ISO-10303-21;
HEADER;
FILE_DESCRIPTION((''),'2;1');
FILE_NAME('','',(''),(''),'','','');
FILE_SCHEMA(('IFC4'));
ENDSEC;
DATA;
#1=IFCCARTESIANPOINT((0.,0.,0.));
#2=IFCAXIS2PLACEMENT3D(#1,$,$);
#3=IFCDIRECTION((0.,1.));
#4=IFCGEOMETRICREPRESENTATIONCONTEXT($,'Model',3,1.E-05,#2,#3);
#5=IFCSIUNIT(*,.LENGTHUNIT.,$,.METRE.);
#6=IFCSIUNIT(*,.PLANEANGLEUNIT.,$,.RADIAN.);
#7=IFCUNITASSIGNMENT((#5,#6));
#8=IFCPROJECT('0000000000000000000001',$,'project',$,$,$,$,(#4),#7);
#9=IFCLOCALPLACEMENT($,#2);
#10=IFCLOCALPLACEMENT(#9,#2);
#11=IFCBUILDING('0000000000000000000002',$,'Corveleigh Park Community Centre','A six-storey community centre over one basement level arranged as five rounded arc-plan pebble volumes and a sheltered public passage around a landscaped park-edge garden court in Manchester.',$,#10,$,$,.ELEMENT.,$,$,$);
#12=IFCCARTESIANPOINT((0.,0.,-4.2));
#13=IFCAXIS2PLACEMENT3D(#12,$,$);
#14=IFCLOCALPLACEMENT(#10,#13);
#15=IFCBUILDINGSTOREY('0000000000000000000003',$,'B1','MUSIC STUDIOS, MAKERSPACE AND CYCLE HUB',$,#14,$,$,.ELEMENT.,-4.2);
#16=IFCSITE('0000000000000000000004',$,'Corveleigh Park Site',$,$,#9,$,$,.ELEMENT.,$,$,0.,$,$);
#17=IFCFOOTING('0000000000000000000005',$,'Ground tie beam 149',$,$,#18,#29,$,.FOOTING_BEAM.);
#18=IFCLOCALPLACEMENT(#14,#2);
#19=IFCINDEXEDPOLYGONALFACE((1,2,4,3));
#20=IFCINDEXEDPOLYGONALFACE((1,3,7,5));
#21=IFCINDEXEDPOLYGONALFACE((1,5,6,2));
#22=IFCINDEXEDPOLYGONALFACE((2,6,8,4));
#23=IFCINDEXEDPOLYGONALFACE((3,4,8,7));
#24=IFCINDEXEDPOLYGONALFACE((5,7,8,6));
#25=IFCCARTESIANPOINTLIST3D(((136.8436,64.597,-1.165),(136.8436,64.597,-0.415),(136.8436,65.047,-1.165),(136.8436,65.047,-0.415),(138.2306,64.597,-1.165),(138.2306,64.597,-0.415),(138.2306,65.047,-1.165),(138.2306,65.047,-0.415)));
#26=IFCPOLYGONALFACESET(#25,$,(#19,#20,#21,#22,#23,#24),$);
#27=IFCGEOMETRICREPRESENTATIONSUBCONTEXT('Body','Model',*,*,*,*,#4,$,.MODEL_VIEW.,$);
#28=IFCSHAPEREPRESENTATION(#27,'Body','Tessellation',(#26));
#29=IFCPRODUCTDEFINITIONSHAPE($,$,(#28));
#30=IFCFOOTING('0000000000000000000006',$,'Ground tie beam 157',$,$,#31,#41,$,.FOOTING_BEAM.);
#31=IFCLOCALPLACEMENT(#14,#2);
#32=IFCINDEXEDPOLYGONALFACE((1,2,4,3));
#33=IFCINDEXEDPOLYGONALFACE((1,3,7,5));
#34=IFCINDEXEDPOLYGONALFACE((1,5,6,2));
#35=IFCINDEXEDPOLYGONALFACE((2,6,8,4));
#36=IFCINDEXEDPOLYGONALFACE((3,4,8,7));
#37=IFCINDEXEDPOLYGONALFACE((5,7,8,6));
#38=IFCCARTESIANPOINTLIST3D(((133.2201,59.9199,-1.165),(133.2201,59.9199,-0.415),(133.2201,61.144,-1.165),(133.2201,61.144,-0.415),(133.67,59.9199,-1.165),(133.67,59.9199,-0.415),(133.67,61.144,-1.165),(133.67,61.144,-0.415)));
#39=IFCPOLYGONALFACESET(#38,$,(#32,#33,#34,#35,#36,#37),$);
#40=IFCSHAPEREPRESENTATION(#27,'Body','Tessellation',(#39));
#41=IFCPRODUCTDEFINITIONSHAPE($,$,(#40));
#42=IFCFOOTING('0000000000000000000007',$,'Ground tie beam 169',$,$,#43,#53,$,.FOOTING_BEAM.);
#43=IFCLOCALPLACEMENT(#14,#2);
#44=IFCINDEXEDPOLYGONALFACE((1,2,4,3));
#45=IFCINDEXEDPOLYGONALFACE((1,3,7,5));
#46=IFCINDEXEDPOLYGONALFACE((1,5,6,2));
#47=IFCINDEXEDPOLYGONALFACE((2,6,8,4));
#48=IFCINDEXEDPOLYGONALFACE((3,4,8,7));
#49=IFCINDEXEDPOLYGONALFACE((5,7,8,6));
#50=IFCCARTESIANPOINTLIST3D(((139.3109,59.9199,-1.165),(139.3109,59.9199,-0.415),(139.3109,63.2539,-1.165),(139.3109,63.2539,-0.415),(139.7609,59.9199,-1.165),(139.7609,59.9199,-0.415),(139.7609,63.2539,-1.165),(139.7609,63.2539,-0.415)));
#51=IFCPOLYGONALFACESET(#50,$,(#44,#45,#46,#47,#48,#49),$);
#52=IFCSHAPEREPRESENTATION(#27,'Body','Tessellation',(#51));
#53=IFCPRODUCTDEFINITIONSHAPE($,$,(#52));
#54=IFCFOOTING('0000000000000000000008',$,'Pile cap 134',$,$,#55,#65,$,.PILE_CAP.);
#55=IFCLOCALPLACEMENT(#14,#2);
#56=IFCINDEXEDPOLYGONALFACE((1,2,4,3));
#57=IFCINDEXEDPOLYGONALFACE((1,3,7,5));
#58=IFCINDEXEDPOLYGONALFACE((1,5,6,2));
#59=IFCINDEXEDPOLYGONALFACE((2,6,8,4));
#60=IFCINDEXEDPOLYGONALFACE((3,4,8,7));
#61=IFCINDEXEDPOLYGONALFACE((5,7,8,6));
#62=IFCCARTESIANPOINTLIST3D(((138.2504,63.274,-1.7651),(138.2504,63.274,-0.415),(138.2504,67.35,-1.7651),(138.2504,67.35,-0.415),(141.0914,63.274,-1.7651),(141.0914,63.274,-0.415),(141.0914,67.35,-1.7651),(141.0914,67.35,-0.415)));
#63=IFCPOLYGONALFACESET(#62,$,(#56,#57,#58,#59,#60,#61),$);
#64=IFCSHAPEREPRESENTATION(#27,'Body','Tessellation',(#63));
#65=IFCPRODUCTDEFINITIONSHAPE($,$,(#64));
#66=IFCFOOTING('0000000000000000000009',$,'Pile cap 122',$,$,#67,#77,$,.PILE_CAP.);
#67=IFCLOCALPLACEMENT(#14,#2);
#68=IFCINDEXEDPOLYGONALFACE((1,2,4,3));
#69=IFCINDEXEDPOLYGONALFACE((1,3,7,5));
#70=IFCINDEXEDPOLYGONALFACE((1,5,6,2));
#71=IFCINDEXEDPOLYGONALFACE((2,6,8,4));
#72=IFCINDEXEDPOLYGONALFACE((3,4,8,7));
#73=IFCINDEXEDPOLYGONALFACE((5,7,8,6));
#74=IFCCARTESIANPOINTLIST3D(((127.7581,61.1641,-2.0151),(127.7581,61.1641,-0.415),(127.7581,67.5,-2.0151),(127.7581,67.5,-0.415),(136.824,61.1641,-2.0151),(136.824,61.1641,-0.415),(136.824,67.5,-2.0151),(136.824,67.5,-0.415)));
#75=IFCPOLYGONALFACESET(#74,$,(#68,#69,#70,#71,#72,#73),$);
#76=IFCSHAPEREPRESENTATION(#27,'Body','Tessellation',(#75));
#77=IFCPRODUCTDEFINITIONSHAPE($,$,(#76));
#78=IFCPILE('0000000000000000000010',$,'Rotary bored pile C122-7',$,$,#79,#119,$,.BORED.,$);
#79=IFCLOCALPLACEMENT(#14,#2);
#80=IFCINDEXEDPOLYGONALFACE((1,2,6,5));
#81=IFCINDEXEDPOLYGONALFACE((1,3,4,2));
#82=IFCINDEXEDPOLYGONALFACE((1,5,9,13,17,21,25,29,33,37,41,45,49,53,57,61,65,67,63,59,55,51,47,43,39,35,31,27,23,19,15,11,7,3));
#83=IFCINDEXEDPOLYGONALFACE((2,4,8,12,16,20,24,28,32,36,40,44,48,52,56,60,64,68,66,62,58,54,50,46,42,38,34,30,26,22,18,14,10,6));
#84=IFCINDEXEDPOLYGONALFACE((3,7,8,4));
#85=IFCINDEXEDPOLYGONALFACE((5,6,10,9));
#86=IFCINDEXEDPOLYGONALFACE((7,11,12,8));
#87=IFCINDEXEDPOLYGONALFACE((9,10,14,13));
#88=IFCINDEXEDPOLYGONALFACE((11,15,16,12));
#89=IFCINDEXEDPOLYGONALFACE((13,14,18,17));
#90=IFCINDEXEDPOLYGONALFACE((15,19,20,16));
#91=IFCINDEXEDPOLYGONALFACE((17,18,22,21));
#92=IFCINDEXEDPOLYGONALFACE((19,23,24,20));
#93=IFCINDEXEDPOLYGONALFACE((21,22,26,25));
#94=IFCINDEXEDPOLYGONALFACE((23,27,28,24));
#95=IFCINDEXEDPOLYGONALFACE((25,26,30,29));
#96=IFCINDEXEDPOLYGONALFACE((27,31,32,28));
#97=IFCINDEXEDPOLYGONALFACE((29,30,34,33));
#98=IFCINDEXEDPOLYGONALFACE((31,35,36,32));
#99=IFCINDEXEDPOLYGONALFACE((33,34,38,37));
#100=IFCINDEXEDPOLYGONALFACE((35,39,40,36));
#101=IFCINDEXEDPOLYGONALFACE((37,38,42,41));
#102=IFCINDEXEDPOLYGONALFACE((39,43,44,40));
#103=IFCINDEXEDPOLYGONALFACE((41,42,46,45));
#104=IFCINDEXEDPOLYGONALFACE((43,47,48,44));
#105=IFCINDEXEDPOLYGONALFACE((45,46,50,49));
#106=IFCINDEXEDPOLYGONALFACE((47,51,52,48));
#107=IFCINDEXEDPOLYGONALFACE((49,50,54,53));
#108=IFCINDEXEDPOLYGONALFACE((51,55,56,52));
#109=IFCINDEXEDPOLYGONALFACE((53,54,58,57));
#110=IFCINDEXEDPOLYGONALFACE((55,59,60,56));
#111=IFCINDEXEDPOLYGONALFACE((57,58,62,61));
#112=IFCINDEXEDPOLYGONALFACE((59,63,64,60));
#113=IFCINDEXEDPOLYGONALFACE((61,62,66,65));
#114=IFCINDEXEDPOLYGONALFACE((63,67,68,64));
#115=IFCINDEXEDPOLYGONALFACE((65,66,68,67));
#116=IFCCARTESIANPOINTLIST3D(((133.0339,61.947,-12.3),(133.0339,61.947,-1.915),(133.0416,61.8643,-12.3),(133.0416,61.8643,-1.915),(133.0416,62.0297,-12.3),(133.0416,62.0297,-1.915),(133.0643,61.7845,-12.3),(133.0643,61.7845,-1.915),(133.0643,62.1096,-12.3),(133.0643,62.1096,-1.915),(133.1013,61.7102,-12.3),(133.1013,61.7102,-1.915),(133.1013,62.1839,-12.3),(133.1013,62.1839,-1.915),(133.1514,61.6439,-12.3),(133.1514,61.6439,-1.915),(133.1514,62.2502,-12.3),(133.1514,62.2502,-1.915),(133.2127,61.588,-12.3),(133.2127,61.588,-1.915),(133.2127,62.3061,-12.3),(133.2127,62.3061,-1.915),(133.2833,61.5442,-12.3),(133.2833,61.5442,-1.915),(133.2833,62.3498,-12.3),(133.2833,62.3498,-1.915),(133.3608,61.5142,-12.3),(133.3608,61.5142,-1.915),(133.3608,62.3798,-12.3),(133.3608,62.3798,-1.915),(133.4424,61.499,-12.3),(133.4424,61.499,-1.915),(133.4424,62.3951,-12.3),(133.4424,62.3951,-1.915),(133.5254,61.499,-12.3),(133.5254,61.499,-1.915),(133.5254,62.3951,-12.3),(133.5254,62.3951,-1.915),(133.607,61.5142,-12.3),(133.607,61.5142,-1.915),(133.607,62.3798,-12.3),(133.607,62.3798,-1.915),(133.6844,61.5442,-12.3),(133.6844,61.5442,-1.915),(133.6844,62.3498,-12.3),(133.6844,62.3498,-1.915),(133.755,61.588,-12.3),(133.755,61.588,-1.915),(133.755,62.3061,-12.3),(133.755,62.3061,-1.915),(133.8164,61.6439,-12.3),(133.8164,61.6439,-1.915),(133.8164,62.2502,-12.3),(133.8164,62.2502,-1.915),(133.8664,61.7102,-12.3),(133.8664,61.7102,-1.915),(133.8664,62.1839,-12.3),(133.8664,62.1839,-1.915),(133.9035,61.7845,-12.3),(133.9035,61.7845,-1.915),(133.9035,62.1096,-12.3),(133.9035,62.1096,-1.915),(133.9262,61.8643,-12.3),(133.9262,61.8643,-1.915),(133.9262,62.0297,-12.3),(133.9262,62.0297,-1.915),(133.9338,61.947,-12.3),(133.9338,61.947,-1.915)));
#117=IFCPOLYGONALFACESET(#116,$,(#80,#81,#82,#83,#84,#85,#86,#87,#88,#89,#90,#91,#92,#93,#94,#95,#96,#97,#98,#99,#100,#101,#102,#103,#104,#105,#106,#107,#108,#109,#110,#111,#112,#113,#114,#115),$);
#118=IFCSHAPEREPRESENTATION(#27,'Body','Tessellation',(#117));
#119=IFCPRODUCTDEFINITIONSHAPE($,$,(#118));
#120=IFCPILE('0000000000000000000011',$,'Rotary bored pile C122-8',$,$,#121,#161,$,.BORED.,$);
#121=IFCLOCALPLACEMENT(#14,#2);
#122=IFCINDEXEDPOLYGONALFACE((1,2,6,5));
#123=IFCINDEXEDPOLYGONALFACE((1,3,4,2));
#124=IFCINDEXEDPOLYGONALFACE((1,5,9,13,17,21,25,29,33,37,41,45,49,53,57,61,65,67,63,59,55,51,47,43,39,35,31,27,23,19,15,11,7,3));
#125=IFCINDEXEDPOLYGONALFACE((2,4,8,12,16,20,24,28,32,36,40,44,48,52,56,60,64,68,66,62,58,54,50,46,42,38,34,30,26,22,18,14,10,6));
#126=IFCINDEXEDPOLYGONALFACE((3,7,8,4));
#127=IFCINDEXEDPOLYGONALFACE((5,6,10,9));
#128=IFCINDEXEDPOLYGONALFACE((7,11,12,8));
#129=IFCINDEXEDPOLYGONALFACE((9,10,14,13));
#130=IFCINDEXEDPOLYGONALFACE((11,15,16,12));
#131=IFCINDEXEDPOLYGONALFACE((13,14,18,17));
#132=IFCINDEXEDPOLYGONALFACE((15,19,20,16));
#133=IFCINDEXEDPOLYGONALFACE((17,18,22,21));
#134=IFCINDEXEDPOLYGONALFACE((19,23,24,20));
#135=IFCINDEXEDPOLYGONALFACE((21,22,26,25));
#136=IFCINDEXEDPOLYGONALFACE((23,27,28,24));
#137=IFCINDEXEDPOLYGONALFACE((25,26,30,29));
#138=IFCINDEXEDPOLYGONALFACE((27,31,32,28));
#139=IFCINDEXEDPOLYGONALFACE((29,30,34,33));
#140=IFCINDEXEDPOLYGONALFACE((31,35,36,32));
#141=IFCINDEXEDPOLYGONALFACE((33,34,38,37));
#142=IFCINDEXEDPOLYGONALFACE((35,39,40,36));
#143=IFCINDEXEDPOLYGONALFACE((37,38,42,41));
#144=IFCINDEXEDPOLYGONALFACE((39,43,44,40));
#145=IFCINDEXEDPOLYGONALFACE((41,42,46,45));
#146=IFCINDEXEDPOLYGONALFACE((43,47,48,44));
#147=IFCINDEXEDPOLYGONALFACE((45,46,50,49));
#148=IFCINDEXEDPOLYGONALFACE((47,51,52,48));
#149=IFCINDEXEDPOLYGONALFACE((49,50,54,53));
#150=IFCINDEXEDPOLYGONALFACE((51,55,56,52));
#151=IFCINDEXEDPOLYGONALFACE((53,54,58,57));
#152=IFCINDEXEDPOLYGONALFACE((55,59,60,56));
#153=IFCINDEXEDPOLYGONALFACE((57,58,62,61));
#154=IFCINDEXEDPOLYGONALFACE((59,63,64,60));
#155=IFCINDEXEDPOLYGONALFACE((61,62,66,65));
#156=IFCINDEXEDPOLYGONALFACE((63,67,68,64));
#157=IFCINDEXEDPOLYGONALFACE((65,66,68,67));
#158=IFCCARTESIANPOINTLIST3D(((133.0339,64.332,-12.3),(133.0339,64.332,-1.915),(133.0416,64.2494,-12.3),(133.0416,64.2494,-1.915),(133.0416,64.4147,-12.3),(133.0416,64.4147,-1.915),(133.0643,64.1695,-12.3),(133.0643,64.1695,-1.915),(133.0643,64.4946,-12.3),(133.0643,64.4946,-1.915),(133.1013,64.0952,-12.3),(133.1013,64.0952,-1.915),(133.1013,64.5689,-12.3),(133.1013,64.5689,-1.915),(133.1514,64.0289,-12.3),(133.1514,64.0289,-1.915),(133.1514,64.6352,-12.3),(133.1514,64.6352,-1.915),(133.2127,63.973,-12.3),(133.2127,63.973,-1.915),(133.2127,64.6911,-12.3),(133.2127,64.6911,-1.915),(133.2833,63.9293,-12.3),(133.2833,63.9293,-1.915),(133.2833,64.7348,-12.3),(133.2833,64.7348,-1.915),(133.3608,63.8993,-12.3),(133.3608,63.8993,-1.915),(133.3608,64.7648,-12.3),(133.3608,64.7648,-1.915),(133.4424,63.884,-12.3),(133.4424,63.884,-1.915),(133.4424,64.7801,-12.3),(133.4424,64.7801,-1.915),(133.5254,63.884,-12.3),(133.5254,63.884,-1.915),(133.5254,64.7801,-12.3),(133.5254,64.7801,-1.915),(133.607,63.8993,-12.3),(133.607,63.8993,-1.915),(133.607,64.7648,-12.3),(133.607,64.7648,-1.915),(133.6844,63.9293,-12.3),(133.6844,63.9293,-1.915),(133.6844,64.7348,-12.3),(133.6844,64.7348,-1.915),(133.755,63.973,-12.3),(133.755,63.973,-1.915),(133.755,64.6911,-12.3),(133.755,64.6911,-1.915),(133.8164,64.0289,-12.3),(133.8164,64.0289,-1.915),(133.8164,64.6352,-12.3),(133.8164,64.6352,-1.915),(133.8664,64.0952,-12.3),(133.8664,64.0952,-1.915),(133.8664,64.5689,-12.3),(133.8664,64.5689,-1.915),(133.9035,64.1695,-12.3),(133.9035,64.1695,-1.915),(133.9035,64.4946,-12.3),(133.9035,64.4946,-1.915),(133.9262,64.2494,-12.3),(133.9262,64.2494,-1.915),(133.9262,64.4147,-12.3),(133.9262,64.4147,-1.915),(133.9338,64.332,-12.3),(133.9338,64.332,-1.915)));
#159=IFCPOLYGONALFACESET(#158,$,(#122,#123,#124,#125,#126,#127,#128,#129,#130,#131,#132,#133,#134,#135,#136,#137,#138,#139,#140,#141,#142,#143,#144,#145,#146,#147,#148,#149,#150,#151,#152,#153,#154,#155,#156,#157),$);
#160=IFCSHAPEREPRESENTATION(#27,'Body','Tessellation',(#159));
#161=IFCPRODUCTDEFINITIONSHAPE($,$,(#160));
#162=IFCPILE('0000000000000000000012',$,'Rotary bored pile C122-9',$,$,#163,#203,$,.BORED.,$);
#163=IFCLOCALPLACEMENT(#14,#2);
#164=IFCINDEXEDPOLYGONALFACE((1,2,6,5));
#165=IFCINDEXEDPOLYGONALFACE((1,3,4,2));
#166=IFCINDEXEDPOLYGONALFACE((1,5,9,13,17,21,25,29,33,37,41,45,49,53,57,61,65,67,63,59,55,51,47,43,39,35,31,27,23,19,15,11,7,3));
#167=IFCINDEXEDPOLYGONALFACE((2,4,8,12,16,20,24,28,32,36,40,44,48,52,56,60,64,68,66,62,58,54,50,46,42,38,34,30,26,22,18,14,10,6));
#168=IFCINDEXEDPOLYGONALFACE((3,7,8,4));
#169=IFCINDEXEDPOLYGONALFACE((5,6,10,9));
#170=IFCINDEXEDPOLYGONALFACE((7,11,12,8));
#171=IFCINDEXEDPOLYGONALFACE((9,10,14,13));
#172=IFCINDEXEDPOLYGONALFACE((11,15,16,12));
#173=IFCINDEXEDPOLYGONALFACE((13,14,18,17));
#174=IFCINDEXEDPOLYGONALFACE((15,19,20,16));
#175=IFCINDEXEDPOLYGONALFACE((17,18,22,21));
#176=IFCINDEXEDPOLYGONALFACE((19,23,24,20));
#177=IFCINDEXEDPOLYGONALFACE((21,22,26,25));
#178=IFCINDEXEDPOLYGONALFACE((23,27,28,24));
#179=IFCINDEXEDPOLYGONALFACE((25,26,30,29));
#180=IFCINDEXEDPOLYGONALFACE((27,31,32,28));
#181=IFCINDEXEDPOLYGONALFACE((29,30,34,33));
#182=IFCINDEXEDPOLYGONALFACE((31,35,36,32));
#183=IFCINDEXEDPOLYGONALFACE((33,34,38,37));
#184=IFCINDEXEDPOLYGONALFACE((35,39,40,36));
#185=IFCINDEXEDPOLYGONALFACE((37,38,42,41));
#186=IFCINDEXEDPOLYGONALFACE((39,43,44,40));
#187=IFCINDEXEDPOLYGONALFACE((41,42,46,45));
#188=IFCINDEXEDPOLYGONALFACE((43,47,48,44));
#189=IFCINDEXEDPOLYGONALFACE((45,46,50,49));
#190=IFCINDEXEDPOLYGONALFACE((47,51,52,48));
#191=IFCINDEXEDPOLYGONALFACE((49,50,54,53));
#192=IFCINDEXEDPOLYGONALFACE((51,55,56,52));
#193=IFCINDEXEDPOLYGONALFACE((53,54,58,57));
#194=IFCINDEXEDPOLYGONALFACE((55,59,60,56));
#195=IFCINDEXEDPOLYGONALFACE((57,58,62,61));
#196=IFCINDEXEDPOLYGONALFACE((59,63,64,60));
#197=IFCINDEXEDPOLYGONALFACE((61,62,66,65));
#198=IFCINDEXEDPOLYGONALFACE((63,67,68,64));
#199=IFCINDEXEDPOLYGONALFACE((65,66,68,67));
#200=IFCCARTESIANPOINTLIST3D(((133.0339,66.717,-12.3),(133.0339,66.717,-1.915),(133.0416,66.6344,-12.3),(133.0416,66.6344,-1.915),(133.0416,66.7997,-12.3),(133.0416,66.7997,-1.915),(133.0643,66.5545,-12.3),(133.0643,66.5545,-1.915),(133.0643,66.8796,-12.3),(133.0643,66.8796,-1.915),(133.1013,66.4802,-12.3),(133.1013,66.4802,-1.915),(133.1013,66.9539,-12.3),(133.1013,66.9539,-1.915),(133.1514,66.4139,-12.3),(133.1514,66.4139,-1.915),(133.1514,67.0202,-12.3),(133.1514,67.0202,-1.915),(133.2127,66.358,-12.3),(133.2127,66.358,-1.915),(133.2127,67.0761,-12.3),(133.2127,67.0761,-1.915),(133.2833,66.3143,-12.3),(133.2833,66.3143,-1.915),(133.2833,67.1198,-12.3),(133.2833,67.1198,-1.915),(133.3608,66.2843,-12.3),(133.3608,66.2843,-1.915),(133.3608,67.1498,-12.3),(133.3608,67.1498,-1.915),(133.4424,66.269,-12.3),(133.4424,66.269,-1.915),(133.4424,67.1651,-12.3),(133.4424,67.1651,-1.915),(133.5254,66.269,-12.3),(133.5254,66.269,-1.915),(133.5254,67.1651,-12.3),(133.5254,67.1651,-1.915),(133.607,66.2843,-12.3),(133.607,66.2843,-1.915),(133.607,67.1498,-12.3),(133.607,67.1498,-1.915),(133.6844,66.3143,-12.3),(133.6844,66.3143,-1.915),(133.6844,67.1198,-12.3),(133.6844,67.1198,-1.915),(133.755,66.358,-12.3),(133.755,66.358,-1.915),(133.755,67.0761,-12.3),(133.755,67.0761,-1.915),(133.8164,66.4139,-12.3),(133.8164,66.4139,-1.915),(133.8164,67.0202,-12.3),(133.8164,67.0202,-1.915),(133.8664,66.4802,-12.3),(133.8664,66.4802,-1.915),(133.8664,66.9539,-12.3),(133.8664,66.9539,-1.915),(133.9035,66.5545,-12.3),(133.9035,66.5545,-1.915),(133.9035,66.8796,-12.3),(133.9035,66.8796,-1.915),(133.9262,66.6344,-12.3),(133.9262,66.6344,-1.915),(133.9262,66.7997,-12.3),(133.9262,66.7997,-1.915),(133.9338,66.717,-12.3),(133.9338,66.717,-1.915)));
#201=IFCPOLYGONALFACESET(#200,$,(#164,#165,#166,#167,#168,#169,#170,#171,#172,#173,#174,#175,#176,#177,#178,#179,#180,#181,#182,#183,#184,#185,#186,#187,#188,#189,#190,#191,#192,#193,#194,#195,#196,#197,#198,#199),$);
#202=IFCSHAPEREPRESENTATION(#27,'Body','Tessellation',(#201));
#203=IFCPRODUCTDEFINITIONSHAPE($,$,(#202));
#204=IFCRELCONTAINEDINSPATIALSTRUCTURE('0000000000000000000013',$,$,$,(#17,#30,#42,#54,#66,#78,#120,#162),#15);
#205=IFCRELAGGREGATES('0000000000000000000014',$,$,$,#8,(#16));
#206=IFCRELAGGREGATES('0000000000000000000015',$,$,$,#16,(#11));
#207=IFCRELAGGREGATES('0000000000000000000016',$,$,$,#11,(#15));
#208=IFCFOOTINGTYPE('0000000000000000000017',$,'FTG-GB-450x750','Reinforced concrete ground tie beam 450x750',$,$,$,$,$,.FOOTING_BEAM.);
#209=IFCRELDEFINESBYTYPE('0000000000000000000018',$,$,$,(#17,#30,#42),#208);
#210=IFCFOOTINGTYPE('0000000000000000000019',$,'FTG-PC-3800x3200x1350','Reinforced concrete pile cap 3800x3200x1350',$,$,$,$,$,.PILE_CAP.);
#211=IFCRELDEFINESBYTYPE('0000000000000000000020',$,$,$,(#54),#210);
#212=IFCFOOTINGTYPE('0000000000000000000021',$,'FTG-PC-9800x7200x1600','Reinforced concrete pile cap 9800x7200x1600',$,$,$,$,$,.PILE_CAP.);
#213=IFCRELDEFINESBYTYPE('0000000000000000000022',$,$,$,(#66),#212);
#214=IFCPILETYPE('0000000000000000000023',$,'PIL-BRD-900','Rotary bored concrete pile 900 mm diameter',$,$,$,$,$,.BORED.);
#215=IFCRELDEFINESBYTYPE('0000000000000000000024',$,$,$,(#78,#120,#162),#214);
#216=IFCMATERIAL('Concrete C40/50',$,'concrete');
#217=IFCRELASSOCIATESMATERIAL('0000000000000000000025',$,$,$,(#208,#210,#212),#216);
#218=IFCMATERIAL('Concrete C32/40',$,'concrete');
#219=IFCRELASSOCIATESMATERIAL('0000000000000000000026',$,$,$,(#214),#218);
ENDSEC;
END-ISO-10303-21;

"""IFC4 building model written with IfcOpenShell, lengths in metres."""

from ifc_helpers import new_model, si_unit, direction, frame, origin, origin_2d, place, context, subcontext, project, spatial, rectangle, circle, extrude, material, material_profile, profile_set, type_object, element, save


model = new_model("IFC4")

# Units and contexts
model_context = context("Model", 3, precision=1e-05, world=origin(), true_north=direction((0.0, 1.0)))
body_context = subcontext(model_context, "Body", "Model", "MODEL_VIEW")
ifc_project = project(units=[si_unit("LENGTHUNIT", "METRE"), si_unit("PLANEANGLEUNIT", "RADIAN")], contexts=[model_context])

# Site, building, storey
site_placement = place(None, origin())
site = spatial("IfcSite", under=ifc_project, at=site_placement, Name="Corveleigh Park Site", CompositionType="ELEMENT", RefElevation=0.0)
building_placement = place(site_placement, origin())
building = spatial("IfcBuilding", under=site, at=building_placement, Name="Corveleigh Park Community Centre", Description="A six-storey community centre over one basement level arranged as five rounded arc-plan pebble volumes and a sheltered public passage around a landscaped park-edge garden court in Manchester.", CompositionType="ELEMENT")
storey_placement = place(building_placement, frame((0.0, 0.0, -4.2)))
storey = spatial("IfcBuildingStorey", under=building, at=storey_placement, Name="B1", Description="MUSIC STUDIOS, MAKERSPACE AND CYCLE HUB", CompositionType="ELEMENT", Elevation=-4.2)

# Footings
ifc_material_1 = material(Name="Concrete C40/50", Category="concrete")
footing_type_1 = type_object("IfcFootingType", Name="FTG-GB-450x750", Description="Reinforced concrete ground tie beam 450x750", PredefinedType="FOOTING_BEAM", material=ifc_material_1)
footing_1_placement = place(storey_placement, frame((137.5371, 64.822, -1.165), z_axis=(0.0, 0.0, 1.0), x_axis=(1.0, 0.0, 0.0)))
element("IfcFooting", 1, at=footing_1_placement, inside=storey, type_object=footing_type_1, Name="Ground tie beam 149", PredefinedType="FOOTING_BEAM", context=body_context, shape_type="SweptSolid", body=[
    extrude(rectangle(XDim=1.387, YDim=0.45, at=origin_2d()), origin(), (0.0, 0.0, 1.0), 0.75),
])
footing_2_placement = place(storey_placement, frame((133.4451, 60.532, -1.165), z_axis=(0.0, 0.0, 1.0), x_axis=(1.0, 0.0, 0.0)))
element("IfcFooting", 2, at=footing_2_placement, inside=storey, type_object=footing_type_1, Name="Ground tie beam 157", PredefinedType="FOOTING_BEAM", context=body_context, shape_type="SweptSolid", body=[
    extrude(rectangle(XDim=0.45, YDim=1.2241, at=origin_2d()), origin(), (0.0, 0.0, 1.0), 0.75),
])
footing_3_placement = place(storey_placement, frame((139.5359, 61.5869, -1.165), z_axis=(0.0, 0.0, 1.0), x_axis=(1.0, 0.0, 0.0)))
element("IfcFooting", 3, at=footing_3_placement, inside=storey, type_object=footing_type_1, Name="Ground tie beam 169", PredefinedType="FOOTING_BEAM", context=body_context, shape_type="SweptSolid", body=[
    extrude(rectangle(XDim=0.45, YDim=3.334, at=origin_2d()), origin(), (0.0, 0.0, 1.0), 0.75),
])
footing_type_2 = type_object("IfcFootingType", Name="FTG-PC-3800x3200x1350", Description="Reinforced concrete pile cap 3800x3200x1350", PredefinedType="PILE_CAP", material=ifc_material_1)
footing_4_placement = place(storey_placement, frame((139.6709, 65.312, -1.7651), z_axis=(0.0, 0.0, 1.0), x_axis=(1.0, 0.0, 0.0)))
element("IfcFooting", 4, at=footing_4_placement, inside=storey, type_object=footing_type_2, Name="Pile cap 134", PredefinedType="PILE_CAP", context=body_context, shape_type="SweptSolid", body=[
    extrude(rectangle(XDim=2.8411, YDim=4.0759, at=origin_2d()), origin(), (0.0, 0.0, 1.0), 1.3501),
])
footing_type_3 = type_object("IfcFootingType", Name="FTG-PC-9800x7200x1600", Description="Reinforced concrete pile cap 9800x7200x1600", PredefinedType="PILE_CAP", material=ifc_material_1)
footing_5_placement = place(storey_placement, frame((132.291, 64.332, -2.0151), z_axis=(0.0, 0.0, 1.0), x_axis=(1.0, 0.0, 0.0)))
element("IfcFooting", 5, at=footing_5_placement, inside=storey, type_object=footing_type_3, Name="Pile cap 122", PredefinedType="PILE_CAP", context=body_context, shape_type="SweptSolid", body=[
    extrude(rectangle(XDim=9.0659, YDim=6.3359, at=origin_2d()), origin(), (0.0, 0.0, 1.0), 1.6001),
])

# Piles
ifc_material_2 = material(Name="Concrete C32/40", Category="concrete")
ifc_material_profile_1 = material_profile(ifc_material_2, circle(Radius=0.45, at=origin_2d()), Name="BORED-PILE-900", Category="concrete")
ifc_profile_set_1 = profile_set([ifc_material_profile_1], Name="Concrete C32/40")
pile_type = type_object("IfcPileType", Name="PIL-BRD-900", Description="Rotary bored concrete pile 900 mm diameter", PredefinedType="BORED", material=ifc_profile_set_1)
for number, where, z_axis, x_axis, name in (
    (6, (133.4839, 61.947, -1.915), (0.0, 0.0, -1.0), (1.0, 0.0, 0.0), "Rotary bored pile C122-7"),
    (7, (133.4839, 64.332, -1.915), (0.0, 0.0, -1.0), (1.0, 0.0, 0.0), "Rotary bored pile C122-8"),
    (8, (133.4839, 66.717, -1.915), (0.0, 0.0, -1.0), (1.0, 0.0, 0.0), "Rotary bored pile C122-9"),
):
    element("IfcPile", number, at=place(storey_placement, frame(where, z_axis=z_axis, x_axis=x_axis)), inside=storey, type_object=pile_type, Name=name, PredefinedType="BORED", context=body_context, shape_type="SweptSolid", body=[
        extrude(circle(Radius=0.45, at=origin_2d()), origin(), (0.0, 0.0, 1.0), 10.385),
    ])

save(model, "model.ifc")
